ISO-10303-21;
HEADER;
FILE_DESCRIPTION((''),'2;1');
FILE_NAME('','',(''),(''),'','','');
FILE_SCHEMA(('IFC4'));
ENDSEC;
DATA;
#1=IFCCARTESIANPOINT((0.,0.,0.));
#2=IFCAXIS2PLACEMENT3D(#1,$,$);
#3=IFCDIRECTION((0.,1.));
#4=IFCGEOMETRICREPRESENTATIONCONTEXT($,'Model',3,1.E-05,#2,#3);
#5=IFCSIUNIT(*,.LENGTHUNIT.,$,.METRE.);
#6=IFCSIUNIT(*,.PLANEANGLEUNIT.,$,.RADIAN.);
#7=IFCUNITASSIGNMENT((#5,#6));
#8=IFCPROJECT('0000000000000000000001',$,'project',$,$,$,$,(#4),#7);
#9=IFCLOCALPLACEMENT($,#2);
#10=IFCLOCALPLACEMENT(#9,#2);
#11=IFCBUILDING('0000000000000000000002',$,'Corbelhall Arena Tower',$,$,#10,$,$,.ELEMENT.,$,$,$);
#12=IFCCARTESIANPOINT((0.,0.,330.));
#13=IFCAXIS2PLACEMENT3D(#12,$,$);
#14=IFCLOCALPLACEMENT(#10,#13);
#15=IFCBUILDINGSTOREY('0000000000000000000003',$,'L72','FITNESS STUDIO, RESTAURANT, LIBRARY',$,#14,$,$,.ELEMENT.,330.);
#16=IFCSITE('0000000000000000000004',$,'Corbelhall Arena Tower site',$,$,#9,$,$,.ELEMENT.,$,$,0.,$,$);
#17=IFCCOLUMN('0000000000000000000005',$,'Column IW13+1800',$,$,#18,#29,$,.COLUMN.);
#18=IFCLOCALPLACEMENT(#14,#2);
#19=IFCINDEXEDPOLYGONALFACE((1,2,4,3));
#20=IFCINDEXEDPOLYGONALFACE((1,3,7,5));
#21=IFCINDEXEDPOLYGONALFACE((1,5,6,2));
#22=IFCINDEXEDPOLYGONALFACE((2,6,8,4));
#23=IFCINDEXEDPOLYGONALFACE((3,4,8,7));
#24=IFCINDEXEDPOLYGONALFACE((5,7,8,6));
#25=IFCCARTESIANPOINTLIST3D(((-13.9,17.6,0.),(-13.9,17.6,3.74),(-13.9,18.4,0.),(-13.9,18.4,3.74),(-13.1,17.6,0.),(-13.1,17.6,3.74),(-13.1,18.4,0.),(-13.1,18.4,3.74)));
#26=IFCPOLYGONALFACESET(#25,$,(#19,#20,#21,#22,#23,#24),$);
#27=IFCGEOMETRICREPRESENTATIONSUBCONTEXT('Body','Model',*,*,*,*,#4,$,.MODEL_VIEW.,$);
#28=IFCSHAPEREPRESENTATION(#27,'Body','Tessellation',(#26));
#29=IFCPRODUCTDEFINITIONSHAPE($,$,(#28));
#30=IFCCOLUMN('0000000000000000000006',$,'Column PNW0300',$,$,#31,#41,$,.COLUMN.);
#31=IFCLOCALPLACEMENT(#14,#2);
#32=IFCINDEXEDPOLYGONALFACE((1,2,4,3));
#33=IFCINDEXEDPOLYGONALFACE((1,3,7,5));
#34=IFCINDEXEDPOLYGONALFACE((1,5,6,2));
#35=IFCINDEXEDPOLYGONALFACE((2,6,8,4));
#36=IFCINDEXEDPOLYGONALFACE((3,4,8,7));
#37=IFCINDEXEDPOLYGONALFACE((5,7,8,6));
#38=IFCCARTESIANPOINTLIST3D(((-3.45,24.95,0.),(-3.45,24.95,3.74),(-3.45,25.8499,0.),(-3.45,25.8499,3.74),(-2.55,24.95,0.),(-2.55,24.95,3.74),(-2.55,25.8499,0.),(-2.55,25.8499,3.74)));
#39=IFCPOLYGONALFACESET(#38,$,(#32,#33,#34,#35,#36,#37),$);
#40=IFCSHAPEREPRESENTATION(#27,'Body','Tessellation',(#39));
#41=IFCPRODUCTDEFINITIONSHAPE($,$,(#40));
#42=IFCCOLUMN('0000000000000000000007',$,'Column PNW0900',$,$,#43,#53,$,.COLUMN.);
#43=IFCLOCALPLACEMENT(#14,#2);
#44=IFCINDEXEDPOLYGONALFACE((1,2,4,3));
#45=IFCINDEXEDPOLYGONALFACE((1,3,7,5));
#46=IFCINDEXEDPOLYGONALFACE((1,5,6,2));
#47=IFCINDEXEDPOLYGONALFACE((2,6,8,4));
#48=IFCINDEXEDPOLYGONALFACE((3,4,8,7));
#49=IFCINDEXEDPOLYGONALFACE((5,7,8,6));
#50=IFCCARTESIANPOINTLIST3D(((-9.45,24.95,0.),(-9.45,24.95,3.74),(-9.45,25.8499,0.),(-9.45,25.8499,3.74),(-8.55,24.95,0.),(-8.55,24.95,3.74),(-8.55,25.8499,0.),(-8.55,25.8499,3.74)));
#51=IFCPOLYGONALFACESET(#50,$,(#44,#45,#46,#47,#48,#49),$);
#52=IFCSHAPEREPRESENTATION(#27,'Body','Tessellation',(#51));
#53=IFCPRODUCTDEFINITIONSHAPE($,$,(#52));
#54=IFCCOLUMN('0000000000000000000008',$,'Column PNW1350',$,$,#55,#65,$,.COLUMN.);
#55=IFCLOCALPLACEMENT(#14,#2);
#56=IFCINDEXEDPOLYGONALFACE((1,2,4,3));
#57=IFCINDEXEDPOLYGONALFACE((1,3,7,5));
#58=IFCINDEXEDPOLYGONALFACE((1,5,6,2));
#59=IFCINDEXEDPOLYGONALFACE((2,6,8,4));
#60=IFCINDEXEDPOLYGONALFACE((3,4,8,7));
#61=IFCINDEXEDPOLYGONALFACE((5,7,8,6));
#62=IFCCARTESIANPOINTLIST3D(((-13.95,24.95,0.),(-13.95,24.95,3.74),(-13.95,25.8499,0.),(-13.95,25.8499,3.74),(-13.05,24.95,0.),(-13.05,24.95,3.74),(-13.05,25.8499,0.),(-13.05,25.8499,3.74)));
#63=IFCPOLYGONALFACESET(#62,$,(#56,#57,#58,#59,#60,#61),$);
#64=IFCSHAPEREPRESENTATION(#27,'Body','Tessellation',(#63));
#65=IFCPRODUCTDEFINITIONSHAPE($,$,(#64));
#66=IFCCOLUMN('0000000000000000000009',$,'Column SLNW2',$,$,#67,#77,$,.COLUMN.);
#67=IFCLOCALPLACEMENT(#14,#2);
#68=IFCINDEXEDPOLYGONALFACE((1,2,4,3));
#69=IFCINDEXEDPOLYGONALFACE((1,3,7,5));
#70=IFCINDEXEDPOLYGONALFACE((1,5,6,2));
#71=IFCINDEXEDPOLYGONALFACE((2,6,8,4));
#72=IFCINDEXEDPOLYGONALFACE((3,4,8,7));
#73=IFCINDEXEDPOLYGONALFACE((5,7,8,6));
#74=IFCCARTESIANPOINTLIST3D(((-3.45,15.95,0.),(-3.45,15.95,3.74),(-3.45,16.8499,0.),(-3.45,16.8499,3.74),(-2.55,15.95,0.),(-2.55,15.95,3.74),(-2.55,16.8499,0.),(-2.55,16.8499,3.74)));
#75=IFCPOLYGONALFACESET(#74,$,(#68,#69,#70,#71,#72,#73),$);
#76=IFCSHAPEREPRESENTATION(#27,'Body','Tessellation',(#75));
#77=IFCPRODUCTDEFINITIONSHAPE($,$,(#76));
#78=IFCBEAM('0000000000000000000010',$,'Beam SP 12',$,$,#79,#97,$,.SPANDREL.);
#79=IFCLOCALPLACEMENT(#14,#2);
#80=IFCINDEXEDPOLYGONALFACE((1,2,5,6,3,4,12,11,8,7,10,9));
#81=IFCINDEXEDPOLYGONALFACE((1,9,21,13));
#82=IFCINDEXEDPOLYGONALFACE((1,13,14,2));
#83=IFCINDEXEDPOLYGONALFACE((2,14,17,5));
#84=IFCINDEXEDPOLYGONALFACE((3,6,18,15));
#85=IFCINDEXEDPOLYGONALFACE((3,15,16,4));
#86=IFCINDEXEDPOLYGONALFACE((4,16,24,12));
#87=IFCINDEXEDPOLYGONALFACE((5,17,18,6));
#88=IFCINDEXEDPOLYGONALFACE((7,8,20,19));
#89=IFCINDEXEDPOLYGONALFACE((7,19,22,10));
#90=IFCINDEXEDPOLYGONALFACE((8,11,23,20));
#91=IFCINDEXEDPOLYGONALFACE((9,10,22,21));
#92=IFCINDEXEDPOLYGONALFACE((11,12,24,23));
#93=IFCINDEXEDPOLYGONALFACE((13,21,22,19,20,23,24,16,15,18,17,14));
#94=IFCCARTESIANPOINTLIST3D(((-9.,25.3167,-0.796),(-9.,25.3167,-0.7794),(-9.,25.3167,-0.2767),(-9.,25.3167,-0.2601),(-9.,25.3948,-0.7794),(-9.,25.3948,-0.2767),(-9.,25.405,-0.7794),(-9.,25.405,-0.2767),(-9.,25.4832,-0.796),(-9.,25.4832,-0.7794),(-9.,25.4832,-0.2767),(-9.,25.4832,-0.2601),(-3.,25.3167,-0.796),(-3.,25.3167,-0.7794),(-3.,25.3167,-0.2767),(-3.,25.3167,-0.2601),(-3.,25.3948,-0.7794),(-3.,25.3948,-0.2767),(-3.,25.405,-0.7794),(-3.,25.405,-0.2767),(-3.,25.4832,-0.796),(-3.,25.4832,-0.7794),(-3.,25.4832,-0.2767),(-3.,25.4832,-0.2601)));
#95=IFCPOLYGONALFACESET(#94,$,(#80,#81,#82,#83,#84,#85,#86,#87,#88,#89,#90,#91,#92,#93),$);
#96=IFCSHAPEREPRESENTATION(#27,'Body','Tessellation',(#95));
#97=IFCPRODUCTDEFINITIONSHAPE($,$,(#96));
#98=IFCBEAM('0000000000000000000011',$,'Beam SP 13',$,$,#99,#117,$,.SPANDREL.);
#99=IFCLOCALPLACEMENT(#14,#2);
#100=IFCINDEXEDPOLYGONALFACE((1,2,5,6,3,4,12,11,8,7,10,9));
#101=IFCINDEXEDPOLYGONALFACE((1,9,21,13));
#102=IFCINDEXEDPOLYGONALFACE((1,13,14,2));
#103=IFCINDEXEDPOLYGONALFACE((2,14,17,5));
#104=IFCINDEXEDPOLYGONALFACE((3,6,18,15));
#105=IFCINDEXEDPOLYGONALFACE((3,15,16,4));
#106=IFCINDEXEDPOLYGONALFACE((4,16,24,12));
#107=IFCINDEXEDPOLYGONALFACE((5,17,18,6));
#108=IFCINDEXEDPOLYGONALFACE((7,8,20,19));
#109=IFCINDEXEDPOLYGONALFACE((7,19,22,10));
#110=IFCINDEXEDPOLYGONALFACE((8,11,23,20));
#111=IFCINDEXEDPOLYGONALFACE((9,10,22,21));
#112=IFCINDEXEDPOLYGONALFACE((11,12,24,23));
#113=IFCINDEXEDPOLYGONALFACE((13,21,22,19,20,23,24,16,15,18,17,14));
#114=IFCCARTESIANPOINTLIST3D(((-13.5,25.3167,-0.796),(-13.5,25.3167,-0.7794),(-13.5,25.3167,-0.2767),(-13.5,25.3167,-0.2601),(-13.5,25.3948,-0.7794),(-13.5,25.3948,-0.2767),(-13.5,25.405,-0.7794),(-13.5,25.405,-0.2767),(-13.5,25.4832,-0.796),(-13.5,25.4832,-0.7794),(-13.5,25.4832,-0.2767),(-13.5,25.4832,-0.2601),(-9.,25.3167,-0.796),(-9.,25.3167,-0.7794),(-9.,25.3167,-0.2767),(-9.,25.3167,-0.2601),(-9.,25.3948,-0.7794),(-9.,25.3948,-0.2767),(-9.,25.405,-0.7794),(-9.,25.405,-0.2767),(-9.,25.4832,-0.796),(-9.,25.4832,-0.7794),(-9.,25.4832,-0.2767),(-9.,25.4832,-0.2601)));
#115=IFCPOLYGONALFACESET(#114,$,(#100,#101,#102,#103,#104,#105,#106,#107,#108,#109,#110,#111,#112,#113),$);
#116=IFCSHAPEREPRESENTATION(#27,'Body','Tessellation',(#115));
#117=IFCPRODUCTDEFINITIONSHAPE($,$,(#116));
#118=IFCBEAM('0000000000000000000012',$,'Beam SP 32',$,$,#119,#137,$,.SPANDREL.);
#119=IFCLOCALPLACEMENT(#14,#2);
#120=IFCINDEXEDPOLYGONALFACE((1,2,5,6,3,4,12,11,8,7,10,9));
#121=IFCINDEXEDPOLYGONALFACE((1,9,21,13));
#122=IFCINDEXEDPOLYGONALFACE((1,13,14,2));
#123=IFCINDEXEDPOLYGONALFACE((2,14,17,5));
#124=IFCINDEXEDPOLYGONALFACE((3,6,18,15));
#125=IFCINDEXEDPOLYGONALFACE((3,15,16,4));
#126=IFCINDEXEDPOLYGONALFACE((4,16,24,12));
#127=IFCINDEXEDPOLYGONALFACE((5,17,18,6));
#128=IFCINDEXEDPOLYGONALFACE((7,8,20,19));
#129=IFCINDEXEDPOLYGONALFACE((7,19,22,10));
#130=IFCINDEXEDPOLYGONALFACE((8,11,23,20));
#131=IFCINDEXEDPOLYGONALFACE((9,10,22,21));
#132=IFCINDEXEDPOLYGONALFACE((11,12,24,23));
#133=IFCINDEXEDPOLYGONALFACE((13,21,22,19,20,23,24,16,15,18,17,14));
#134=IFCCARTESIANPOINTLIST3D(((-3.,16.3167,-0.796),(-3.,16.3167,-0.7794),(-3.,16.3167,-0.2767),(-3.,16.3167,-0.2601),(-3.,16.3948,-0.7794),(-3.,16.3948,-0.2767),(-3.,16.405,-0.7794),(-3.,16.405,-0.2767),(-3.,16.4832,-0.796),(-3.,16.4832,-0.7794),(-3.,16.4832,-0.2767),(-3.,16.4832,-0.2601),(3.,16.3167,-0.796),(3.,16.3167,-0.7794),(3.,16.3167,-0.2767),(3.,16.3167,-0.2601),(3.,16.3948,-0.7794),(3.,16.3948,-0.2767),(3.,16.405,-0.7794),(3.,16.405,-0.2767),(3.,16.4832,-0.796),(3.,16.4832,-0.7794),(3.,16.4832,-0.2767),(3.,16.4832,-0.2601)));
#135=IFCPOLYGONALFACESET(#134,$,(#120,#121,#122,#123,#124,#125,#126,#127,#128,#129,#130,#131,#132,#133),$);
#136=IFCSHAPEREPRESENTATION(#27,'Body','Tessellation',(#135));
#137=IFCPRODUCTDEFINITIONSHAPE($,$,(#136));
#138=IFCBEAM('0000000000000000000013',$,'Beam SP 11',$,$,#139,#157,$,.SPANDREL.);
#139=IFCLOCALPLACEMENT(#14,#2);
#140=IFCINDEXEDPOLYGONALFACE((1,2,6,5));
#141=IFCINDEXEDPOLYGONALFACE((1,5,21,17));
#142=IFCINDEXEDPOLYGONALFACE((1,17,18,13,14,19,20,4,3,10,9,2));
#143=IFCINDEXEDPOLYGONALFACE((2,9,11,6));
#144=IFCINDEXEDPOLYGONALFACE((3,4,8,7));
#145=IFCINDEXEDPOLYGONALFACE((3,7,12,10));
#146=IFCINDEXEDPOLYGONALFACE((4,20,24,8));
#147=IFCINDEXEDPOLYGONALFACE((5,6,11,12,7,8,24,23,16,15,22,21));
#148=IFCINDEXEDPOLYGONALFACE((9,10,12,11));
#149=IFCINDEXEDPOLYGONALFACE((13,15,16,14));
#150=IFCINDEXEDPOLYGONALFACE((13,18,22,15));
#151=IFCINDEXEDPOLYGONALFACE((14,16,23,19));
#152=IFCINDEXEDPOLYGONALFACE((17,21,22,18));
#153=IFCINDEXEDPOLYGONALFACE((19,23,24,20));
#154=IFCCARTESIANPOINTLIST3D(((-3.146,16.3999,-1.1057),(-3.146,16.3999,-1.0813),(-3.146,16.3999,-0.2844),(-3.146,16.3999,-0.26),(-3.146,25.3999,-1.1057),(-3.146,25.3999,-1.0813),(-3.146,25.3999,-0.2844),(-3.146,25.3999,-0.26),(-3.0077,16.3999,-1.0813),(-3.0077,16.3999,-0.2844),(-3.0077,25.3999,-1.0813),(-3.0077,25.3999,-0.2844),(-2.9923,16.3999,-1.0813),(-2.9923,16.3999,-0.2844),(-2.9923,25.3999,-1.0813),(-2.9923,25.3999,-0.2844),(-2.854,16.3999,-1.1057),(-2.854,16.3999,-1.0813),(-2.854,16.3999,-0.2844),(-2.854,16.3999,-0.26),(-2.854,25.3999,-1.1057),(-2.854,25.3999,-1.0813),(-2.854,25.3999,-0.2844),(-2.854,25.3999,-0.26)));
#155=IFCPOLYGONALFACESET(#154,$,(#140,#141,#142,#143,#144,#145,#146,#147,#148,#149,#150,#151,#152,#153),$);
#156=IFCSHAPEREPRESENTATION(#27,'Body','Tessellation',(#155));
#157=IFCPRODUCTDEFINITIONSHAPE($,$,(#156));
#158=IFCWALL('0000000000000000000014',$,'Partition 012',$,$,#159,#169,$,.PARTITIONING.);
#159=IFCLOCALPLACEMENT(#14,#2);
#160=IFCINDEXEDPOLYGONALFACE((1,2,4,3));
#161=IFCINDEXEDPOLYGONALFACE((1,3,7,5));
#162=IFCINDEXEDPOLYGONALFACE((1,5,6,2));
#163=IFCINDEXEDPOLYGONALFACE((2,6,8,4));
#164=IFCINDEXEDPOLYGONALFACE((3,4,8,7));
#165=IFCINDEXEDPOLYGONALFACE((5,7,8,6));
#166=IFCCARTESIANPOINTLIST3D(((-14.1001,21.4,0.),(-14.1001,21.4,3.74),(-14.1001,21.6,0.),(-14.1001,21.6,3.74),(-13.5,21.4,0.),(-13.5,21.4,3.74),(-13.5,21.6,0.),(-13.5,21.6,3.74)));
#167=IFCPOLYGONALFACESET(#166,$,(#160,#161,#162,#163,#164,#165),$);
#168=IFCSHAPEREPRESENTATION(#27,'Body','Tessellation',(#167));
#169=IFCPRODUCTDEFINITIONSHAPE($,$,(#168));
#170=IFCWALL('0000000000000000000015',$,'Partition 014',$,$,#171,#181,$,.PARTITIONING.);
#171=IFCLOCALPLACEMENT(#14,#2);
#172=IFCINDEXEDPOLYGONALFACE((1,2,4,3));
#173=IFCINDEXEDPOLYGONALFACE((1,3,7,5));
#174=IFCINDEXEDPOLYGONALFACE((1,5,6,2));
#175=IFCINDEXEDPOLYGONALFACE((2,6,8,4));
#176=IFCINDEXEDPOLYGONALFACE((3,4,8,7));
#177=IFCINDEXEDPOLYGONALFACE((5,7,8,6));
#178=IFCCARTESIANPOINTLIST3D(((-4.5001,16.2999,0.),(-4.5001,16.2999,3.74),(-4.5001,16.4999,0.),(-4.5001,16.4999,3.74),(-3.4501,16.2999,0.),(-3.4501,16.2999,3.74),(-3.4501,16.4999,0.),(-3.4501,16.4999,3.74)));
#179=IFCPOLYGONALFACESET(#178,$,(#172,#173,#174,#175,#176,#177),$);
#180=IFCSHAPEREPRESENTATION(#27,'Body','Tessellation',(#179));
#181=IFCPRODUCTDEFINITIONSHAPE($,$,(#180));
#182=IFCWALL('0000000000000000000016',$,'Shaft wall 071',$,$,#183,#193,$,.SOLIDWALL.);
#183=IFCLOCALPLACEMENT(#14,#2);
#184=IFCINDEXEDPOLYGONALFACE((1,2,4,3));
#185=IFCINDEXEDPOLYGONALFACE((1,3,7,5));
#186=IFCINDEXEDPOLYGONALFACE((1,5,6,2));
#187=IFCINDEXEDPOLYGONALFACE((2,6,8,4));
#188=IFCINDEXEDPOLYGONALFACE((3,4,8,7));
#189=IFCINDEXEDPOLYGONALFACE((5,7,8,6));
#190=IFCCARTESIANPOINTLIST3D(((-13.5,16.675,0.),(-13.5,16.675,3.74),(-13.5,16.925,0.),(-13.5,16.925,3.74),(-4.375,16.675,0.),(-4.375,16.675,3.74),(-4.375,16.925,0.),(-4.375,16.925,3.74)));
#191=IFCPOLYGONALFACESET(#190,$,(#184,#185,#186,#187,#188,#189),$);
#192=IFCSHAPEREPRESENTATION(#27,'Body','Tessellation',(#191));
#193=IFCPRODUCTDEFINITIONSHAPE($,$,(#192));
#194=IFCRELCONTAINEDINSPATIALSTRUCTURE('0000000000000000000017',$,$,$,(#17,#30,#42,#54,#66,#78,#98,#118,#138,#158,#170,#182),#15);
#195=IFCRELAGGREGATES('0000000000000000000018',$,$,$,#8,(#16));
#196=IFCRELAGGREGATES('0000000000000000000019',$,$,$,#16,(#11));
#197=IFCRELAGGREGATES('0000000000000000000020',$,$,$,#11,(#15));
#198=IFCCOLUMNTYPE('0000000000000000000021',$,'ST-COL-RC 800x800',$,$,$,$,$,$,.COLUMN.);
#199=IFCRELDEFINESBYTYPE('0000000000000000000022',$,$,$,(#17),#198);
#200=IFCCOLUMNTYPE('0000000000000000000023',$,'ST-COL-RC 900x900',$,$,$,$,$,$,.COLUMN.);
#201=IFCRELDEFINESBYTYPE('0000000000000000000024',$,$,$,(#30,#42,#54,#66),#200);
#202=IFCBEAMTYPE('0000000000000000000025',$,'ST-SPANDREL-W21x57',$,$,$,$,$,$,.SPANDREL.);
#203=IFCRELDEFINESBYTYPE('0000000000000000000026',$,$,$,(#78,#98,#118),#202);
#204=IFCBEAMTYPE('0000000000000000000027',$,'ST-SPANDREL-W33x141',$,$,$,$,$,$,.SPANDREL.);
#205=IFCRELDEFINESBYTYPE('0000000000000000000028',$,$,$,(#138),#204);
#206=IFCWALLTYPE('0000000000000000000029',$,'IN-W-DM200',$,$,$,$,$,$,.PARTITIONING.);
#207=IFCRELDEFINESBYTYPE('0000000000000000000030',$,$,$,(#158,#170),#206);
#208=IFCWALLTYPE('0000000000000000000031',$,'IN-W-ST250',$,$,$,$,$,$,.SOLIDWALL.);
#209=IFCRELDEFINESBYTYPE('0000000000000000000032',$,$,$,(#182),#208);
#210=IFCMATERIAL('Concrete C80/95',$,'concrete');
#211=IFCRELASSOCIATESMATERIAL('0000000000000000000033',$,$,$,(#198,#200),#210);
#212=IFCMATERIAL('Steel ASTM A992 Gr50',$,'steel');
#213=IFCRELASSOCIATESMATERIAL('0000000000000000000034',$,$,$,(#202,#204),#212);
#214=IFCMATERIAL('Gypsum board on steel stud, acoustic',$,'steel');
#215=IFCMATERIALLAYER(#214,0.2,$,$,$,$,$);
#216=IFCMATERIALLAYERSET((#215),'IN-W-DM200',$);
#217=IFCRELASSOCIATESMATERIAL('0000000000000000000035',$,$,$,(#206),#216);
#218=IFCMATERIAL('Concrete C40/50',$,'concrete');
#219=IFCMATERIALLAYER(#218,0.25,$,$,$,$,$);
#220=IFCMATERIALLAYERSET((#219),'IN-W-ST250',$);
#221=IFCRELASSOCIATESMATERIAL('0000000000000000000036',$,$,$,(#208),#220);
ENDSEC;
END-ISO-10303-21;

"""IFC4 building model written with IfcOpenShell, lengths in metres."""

from ifc_helpers import new_model, si_unit, direction, frame, frame_2d, origin, origin_2d, place, context, subcontext, project, spatial, rectangle, i_section, extrude, material, layer, layer_set, material_profile, profile_set, type_object, element, save


model = new_model("IFC4")

# Units and contexts
model_context = context("Model", 3, precision=1e-05, world=origin(), true_north=direction((0.0, 1.0)))
body_context = subcontext(model_context, "Body", "Model", "MODEL_VIEW")
ifc_project = project(units=[si_unit("LENGTHUNIT", "METRE"), si_unit("PLANEANGLEUNIT", "RADIAN")], contexts=[model_context])

# Site, building, storey
site_placement = place(None, origin())
site = spatial("IfcSite", under=ifc_project, at=site_placement, Name="Corbelhall Arena Tower site", CompositionType="ELEMENT", RefElevation=0.0)
building_placement = place(site_placement, origin())
building = spatial("IfcBuilding", under=site, at=building_placement, Name="Corbelhall Arena Tower", CompositionType="ELEMENT")
storey_placement = place(building_placement, frame((0.0, 0.0, 330.0)))
storey = spatial("IfcBuildingStorey", under=building, at=storey_placement, Name="L72", Description="FITNESS STUDIO, RESTAURANT, LIBRARY", CompositionType="ELEMENT", Elevation=330.0)

# Columns
ifc_material_1 = material(Name="Concrete C80/95", Category="concrete")
ifc_material_profile_1 = material_profile(ifc_material_1, rectangle(XDim=0.8, YDim=0.8, at=origin_2d()))
ifc_profile_set_1 = profile_set([ifc_material_profile_1], Name="Concrete C80/95")
column_type_1 = type_object("IfcColumnType", Name="ST-COL-RC 800x800", PredefinedType="COLUMN", material=ifc_profile_set_1)
column_placement = place(storey_placement, frame((-13.5, 18.0, 0.0), z_axis=(0.0, 0.0, 1.0), x_axis=(1.0, 0.0, 0.0)))
element("IfcColumn", 1, at=column_placement, inside=storey, type_object=column_type_1, Name="Column IW13+1800", PredefinedType="COLUMN", context=body_context, shape_type="SweptSolid", body=[
    extrude(rectangle(XDim=0.8, YDim=0.8, at=origin_2d()), origin(), (0.0, 0.0, 1.0), 3.74),
])
ifc_material_profile_2 = material_profile(ifc_material_1, rectangle(XDim=0.8999, YDim=0.8999, at=origin_2d()))
ifc_profile_set_2 = profile_set([ifc_material_profile_2], Name="Concrete C80/95")
column_type_2 = type_object("IfcColumnType", Name="ST-COL-RC 900x900", PredefinedType="COLUMN", material=ifc_profile_set_2)
for number, where, z_axis, x_axis, name in (
    (2, (-3.0, 25.3999, 0.0), (0.0, 0.0, 1.0), (1.0, 0.0, 0.0), "Column PNW0300"),
    (3, (-9.0, 25.3999, 0.0), (0.0, 0.0, 1.0), (1.0, 0.0, 0.0), "Column PNW0900"),
    (4, (-13.5, 25.3999, 0.0), (0.0, 0.0, 1.0), (1.0, 0.0, 0.0), "Column PNW1350"),
    (5, (-3.0, 16.3999, 0.0), (0.0, 0.0, 1.0), (1.0, 0.0, 0.0), "Column SLNW2"),
):
    element("IfcColumn", number, at=place(storey_placement, frame(where, z_axis=z_axis, x_axis=x_axis)), inside=storey, type_object=column_type_2, Name=name, PredefinedType="COLUMN", context=body_context, shape_type="SweptSolid", body=[
        extrude(rectangle(XDim=0.8999, YDim=0.8999, at=origin_2d()), origin(), (0.0, 0.0, 1.0), 3.74),
    ])

# Beams
ifc_material_2 = material(Name="Steel ASTM A992 Gr50", Category="steel")
ifc_material_profile_3 = material_profile(ifc_material_2, i_section(OverallWidth=0.1665, OverallDepth=0.5359, WebThickness=0.0103, FlangeThickness=0.0166, at=origin_2d()))
ifc_profile_set_3 = profile_set([ifc_material_profile_3], Name="Steel ASTM A992 Gr50")
beam_type_1 = type_object("IfcBeamType", Name="ST-SPANDREL-W21x57", PredefinedType="SPANDREL", material=ifc_profile_set_3)
beam_1_placement = place(storey_placement, frame((-9.0, 25.3999, -0.5281), z_axis=(1.0, 0.0, 0.0), x_axis=(0.0, 1.0, 0.0)))
element("IfcBeam", 6, at=beam_1_placement, inside=storey, type_object=beam_type_1, Name="Beam SP 12", PredefinedType="SPANDREL", context=body_context, shape_type="SweptSolid", body=[
    extrude(i_section(OverallWidth=0.1665, OverallDepth=0.5359, WebThickness=0.0103, FlangeThickness=0.0166, at=origin_2d()), origin(), (0.0, 0.0, 1.0), 6.0),
])
beam_2_placement = place(storey_placement, frame((-13.5, 25.3999, -0.5281), z_axis=(1.0, 0.0, 0.0), x_axis=(0.0, 1.0, 0.0)))
element("IfcBeam", 7, at=beam_2_placement, inside=storey, type_object=beam_type_1, Name="Beam SP 13", PredefinedType="SPANDREL", context=body_context, shape_type="SweptSolid", body=[
    extrude(i_section(OverallWidth=0.1665, OverallDepth=0.5359, WebThickness=0.0103, FlangeThickness=0.0166, at=origin_2d()), origin(), (0.0, 0.0, 1.0), 4.5),
])
beam_3_placement = place(storey_placement, frame((-3.0, 16.3999, -0.5281), z_axis=(1.0, 0.0, 0.0), x_axis=(0.0, 1.0, 0.0)))
element("IfcBeam", 8, at=beam_3_placement, inside=storey, type_object=beam_type_1, Name="Beam SP 32", PredefinedType="SPANDREL", context=body_context, shape_type="SweptSolid", body=[
    extrude(i_section(OverallWidth=0.1665, OverallDepth=0.5359, WebThickness=0.0103, FlangeThickness=0.0166, at=origin_2d()), origin(), (0.0, 0.0, 1.0), 6.0),
])
ifc_material_profile_4 = material_profile(ifc_material_2, i_section(OverallWidth=0.292, OverallDepth=0.8457, WebThickness=0.0154, FlangeThickness=0.0244, at=origin_2d()))
ifc_profile_set_4 = profile_set([ifc_material_profile_4], Name="Steel ASTM A992 Gr50")
beam_type_2 = type_object("IfcBeamType", Name="ST-SPANDREL-W33x141", PredefinedType="SPANDREL", material=ifc_profile_set_4)
beam_4_placement = place(storey_placement, frame((-3.0, 25.3999, -0.6829), z_axis=(0.0, -1.0, 0.0), x_axis=(1.0, 0.0, 0.0)))
element("IfcBeam", 9, at=beam_4_placement, inside=storey, type_object=beam_type_2, Name="Beam SP 11", PredefinedType="SPANDREL", context=body_context, shape_type="SweptSolid", body=[
    extrude(i_section(OverallWidth=0.292, OverallDepth=0.8457, WebThickness=0.0154, FlangeThickness=0.0244, at=origin_2d()), origin(), (0.0, 0.0, 1.0), 9.0),
])

# Wall
ifc_material_3 = material(Name="Gypsum board on steel stud, acoustic", Category="steel")
ifc_layer_1 = layer(ifc_material_3, 0.2)
ifc_layer_set_1 = layer_set([ifc_layer_1], Name="IN-W-DM200")
wall_type_1 = type_object("IfcWallType", Name="IN-W-DM200", PredefinedType="PARTITIONING", material=ifc_layer_set_1)
wall_1_placement = place(storey_placement, frame((-13.5, 21.5, 0.0), z_axis=(0.0, 0.0, 1.0), x_axis=(-1.0, 0.0, 0.0)))
element("IfcWall", 10, at=wall_1_placement, inside=storey, type_object=wall_type_1, Name="Partition 012", PredefinedType="PARTITIONING", context=body_context, shape_type="SweptSolid", body=[
    extrude(rectangle(XDim=0.6001, YDim=0.2, at=frame_2d((0.3, 0.0))), origin(), (0.0, 0.0, 1.0), 3.74),
])

# Walls
wall_2_placement = place(storey_placement, frame((-4.5, 16.3999, 0.0), z_axis=(0.0, 0.0, 1.0), x_axis=(1.0, 0.0, 0.0)))
element("IfcWall", 11, at=wall_2_placement, inside=storey, type_object=wall_type_1, Name="Partition 014", PredefinedType="PARTITIONING", context=body_context, shape_type="SweptSolid", body=[
    extrude(rectangle(XDim=1.05, YDim=0.2, at=frame_2d((0.5249, 0.0))), origin(), (0.0, 0.0, 1.0), 3.74),
])
ifc_material_4 = material(Name="Concrete C40/50", Category="concrete")
ifc_layer_2 = layer(ifc_material_4, 0.25)
ifc_layer_set_2 = layer_set([ifc_layer_2], Name="IN-W-ST250")
wall_type_2 = type_object("IfcWallType", Name="IN-W-ST250", PredefinedType="SOLIDWALL", material=ifc_layer_set_2)
wall_3_placement = place(storey_placement, frame((-13.5, 16.8, 0.0), z_axis=(0.0, 0.0, 1.0), x_axis=(1.0, 0.0, 0.0)))
element("IfcWall", 12, at=wall_3_placement, inside=storey, type_object=wall_type_2, Name="Shaft wall 071", PredefinedType="SOLIDWALL", context=body_context, shape_type="SweptSolid", body=[
    extrude(rectangle(XDim=9.125, YDim=0.25, at=frame_2d((4.5625, 0.0))), origin(), (0.0, 0.0, 1.0), 3.74),
])

save(model, "model.ifc")
